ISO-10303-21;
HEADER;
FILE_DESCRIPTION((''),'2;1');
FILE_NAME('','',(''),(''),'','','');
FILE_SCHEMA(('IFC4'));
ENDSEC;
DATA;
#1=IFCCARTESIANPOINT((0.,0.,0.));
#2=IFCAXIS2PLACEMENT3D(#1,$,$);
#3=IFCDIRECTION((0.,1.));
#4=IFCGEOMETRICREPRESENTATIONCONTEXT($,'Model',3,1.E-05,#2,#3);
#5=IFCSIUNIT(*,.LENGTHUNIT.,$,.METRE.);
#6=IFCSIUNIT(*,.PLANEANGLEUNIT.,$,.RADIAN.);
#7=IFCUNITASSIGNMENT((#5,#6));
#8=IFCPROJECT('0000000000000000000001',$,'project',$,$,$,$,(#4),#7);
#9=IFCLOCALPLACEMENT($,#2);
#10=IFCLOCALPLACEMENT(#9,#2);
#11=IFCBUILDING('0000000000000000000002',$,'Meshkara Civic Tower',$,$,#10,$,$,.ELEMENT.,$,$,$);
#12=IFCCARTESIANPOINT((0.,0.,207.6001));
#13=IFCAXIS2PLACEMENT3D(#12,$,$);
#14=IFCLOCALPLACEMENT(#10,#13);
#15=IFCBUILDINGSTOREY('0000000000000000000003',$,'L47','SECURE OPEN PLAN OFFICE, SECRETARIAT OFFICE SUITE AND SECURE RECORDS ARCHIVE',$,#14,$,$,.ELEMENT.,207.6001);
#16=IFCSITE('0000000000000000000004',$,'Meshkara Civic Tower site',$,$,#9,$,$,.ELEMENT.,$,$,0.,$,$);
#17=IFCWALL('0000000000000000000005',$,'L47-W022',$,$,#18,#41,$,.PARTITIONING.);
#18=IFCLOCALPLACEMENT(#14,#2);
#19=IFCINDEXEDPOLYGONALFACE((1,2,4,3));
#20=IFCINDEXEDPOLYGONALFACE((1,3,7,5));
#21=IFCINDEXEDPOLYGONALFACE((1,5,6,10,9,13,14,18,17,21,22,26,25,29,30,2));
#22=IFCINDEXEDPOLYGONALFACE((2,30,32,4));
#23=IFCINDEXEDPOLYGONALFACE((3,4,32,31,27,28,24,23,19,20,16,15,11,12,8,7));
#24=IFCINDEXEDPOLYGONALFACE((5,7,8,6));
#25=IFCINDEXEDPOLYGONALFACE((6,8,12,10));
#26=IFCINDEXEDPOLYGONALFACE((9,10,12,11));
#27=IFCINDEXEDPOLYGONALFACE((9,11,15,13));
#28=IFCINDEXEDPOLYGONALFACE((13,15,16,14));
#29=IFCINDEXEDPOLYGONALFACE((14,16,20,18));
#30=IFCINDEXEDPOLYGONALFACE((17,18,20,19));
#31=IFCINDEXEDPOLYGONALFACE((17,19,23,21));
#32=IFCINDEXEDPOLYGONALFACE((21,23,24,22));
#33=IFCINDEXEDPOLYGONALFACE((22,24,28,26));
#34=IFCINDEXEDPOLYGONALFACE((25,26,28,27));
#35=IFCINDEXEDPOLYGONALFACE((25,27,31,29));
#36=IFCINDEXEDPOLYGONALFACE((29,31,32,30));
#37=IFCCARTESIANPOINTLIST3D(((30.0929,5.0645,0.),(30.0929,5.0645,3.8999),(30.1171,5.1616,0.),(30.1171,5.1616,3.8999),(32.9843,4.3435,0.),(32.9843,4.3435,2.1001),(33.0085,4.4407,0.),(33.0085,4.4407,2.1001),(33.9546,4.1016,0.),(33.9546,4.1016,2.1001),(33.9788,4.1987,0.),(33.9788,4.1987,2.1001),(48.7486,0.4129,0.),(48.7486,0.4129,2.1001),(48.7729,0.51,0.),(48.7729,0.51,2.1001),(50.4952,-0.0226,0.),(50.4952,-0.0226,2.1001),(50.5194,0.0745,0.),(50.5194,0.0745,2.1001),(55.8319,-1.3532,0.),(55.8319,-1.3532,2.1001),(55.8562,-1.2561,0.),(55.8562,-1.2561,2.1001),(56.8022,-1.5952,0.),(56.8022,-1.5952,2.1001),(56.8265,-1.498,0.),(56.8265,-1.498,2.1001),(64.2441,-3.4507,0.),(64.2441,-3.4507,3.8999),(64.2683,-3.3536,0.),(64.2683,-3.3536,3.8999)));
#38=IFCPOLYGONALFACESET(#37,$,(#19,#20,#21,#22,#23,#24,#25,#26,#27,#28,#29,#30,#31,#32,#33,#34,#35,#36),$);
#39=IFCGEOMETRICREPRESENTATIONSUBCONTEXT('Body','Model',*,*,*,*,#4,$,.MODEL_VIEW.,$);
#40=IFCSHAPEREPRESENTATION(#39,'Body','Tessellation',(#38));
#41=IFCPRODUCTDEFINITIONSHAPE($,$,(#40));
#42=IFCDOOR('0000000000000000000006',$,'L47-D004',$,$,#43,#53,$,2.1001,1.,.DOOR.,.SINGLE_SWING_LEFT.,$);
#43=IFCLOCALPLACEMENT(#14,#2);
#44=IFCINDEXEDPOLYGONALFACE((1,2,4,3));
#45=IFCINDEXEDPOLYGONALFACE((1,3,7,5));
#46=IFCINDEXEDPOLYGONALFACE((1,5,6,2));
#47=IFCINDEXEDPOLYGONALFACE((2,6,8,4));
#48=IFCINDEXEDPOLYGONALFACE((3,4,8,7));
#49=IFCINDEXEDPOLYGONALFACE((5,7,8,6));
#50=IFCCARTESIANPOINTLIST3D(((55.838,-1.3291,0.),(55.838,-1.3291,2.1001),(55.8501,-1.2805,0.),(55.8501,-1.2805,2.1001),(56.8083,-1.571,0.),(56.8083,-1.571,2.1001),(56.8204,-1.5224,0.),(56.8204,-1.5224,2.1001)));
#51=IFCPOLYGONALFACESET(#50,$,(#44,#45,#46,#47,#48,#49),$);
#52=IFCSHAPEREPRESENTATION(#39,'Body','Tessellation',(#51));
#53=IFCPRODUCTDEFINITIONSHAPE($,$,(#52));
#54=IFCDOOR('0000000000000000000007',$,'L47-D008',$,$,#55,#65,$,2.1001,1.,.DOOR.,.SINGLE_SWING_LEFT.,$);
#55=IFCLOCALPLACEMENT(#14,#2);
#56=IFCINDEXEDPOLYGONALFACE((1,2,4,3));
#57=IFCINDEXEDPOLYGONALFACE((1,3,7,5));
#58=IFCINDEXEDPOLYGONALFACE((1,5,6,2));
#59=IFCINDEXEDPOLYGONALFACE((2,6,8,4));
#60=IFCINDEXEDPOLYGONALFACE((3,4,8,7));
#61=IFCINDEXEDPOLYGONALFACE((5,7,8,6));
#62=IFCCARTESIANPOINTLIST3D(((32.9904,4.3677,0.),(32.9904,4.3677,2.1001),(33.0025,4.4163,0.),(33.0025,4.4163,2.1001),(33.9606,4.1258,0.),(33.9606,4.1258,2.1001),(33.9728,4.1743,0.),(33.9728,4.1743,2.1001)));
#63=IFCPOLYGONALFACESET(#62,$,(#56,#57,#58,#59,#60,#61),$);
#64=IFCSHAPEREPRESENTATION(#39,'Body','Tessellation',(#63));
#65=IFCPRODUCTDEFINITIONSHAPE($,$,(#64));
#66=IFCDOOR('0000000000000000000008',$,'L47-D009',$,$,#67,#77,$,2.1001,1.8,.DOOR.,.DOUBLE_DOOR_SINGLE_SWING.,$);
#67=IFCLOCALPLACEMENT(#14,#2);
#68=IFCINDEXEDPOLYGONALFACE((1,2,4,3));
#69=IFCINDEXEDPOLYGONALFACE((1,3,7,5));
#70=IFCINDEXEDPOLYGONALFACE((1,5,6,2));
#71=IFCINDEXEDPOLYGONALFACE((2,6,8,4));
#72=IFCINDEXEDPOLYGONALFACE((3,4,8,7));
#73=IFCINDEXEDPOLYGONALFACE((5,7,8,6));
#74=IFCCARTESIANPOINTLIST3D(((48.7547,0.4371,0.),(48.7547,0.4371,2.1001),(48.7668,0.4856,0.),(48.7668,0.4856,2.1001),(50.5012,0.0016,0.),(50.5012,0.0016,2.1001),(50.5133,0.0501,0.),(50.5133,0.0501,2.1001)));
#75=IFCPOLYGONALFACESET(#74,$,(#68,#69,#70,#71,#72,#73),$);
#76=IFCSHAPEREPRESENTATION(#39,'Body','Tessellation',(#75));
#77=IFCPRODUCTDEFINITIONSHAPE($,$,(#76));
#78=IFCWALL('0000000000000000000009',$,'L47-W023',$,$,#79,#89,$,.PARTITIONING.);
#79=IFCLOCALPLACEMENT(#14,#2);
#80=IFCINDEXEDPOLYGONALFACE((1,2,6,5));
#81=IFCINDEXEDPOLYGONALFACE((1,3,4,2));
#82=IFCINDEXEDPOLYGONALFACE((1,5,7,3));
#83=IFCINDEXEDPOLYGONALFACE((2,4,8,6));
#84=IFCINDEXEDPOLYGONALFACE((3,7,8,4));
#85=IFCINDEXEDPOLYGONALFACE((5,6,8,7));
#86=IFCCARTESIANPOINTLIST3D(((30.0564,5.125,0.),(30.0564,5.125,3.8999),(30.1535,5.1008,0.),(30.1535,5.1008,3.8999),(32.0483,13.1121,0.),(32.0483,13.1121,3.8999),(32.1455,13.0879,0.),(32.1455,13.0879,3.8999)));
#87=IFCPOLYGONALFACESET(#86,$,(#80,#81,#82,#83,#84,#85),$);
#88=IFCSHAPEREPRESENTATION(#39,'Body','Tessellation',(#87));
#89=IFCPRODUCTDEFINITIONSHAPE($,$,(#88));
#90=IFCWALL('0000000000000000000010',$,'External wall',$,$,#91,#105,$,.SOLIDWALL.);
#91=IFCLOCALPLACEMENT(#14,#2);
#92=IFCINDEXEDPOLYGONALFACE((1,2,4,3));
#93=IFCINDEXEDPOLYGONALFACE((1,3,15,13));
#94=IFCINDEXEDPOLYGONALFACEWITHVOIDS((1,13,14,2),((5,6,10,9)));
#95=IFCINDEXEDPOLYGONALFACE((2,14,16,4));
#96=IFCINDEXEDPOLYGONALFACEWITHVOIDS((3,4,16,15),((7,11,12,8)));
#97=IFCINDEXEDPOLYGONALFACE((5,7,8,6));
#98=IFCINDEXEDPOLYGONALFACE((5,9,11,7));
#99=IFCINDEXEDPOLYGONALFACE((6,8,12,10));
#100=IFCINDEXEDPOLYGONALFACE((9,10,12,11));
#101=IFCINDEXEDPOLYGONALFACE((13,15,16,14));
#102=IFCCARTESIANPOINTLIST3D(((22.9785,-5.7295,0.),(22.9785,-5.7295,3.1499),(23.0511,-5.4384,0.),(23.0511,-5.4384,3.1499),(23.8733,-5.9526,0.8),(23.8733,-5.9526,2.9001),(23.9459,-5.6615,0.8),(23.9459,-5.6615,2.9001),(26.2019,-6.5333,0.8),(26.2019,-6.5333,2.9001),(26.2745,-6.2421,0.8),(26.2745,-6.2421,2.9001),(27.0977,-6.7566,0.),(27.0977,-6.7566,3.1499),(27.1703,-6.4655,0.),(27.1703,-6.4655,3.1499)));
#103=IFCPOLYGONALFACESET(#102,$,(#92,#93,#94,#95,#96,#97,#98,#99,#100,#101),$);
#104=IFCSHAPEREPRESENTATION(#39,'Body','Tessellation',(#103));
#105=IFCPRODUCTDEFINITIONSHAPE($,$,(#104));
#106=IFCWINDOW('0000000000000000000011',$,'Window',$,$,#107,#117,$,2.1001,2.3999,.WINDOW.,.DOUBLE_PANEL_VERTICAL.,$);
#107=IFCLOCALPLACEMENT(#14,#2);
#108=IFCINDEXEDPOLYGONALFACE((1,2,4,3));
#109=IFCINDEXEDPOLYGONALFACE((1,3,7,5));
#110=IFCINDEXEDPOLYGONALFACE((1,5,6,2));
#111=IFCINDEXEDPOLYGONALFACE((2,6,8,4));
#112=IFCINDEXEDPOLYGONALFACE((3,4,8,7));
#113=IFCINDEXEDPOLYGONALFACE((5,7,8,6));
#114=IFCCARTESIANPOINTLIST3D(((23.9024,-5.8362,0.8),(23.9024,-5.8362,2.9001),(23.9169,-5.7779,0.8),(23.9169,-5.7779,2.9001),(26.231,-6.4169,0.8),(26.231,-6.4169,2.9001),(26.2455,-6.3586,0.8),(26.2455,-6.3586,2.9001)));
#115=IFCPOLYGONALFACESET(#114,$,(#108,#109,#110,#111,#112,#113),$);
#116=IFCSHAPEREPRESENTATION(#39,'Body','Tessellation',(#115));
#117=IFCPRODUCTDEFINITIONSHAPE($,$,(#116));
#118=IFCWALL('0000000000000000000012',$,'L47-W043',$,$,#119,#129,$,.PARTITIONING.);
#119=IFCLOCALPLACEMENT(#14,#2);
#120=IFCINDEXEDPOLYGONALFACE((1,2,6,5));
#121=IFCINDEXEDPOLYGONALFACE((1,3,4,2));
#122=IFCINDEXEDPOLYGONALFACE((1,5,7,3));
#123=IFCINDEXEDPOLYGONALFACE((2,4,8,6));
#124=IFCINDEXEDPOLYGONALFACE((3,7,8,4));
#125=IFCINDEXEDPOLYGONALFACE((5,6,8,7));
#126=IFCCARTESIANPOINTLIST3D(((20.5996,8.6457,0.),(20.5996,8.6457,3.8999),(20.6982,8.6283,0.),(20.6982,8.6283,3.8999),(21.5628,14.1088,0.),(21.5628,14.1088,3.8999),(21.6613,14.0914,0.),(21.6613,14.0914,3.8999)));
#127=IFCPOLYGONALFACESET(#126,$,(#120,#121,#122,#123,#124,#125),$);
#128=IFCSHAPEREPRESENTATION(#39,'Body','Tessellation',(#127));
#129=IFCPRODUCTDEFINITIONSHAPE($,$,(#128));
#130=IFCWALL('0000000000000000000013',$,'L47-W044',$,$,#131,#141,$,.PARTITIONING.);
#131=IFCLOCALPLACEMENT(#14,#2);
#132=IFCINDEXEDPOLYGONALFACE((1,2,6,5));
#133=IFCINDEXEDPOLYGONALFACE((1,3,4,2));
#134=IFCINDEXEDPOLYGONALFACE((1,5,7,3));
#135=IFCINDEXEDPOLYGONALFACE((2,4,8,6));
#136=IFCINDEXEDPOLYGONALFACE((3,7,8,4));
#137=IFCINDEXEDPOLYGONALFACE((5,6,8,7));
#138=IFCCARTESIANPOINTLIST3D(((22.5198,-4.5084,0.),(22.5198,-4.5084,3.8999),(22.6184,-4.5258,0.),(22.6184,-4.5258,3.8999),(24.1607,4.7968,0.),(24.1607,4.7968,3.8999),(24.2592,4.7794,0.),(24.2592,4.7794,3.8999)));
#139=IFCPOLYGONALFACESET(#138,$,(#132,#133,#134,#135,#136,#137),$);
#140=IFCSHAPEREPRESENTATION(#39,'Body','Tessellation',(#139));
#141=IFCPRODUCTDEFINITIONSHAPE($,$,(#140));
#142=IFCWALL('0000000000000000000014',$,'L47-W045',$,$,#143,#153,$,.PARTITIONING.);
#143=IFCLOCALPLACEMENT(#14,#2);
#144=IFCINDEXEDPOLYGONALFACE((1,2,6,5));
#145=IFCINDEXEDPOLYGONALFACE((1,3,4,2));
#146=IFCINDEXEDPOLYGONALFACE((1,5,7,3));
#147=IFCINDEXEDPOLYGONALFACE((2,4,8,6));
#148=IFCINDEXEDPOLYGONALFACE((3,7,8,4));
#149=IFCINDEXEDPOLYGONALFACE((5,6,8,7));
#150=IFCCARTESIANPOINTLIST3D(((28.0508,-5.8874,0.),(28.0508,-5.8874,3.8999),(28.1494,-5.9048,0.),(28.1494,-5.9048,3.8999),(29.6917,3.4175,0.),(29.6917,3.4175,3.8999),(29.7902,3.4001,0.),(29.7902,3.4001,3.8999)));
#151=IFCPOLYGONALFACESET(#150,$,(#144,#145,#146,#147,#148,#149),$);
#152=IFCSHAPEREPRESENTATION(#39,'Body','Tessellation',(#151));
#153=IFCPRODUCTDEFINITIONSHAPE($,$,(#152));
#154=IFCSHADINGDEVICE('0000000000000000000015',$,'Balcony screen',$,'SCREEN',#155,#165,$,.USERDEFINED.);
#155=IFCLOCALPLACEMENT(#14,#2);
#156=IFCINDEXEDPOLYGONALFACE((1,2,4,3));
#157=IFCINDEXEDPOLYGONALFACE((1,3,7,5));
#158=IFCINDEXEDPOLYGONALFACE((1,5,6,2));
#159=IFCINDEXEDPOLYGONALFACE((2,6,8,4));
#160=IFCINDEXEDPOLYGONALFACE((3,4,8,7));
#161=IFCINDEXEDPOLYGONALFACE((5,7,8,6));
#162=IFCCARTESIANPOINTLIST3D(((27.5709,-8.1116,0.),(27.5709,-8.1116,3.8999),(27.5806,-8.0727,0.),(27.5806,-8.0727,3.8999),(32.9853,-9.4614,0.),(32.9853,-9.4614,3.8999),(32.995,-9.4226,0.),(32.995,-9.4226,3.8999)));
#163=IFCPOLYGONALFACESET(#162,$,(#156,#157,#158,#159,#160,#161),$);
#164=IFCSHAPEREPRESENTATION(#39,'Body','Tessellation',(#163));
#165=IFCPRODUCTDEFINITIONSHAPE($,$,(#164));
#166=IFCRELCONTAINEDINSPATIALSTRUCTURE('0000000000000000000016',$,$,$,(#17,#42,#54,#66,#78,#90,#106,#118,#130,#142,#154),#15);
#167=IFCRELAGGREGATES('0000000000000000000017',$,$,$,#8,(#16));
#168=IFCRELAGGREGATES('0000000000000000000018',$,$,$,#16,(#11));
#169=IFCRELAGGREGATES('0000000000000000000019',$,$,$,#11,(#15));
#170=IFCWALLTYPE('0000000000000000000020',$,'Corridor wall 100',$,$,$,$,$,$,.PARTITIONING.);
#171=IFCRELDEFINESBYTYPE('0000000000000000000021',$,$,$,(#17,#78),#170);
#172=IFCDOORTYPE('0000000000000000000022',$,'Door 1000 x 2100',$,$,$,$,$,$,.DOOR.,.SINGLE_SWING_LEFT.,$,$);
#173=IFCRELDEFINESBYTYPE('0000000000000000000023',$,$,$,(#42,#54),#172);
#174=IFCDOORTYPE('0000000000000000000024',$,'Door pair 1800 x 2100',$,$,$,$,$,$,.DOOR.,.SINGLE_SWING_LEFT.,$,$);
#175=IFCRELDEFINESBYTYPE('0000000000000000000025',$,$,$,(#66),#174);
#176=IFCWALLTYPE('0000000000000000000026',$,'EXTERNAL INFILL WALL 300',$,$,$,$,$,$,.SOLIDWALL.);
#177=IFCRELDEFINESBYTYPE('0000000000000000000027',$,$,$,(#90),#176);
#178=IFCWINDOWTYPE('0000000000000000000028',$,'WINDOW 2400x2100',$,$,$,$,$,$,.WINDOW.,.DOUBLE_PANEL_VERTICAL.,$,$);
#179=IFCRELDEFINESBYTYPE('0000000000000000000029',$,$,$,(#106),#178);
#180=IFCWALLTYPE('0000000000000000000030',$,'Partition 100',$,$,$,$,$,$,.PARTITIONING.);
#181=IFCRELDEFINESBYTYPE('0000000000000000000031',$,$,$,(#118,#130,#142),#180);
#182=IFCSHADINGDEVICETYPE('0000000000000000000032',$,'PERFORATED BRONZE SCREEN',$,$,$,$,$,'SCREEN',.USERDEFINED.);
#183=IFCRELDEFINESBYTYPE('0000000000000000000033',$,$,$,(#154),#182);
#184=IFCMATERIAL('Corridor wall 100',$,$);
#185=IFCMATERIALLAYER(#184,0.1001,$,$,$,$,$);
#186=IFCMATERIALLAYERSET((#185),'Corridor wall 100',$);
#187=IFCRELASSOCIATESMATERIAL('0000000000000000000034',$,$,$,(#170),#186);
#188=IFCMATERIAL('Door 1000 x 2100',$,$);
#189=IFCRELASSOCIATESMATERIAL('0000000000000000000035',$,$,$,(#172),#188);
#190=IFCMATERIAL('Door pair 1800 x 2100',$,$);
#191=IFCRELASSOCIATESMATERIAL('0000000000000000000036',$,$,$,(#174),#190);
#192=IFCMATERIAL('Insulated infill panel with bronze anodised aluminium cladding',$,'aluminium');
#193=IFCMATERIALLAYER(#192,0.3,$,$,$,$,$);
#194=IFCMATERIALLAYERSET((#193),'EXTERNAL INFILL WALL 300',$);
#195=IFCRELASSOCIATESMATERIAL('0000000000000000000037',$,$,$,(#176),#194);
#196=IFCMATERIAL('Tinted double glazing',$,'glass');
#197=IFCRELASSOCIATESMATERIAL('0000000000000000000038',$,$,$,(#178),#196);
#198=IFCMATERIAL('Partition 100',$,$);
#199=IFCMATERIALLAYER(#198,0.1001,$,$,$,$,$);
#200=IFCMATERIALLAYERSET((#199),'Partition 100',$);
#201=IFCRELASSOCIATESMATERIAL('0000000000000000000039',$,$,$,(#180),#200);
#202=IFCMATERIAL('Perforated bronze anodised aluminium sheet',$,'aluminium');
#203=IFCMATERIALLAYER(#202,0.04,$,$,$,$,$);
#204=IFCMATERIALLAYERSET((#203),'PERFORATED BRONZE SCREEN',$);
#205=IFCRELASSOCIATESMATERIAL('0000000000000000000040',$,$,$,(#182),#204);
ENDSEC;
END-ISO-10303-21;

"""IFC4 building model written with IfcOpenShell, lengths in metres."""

from ifc_helpers import new_model, si_unit, direction, frame, frame_2d, origin, origin_2d, place, context, subcontext, project, spatial, rectangle, extrude, material, layer, layer_set, type_object, element, fill, save


model = new_model("IFC4")

# Units and contexts
model_context = context("Model", 3, precision=1e-05, world=origin(), true_north=direction((0.0, 1.0)))
body_context = subcontext(model_context, "Body", "Model", "MODEL_VIEW")
ifc_project = project(units=[si_unit("LENGTHUNIT", "METRE"), si_unit("PLANEANGLEUNIT", "RADIAN")], contexts=[model_context])

# Site, building, storey
site_placement = place(None, origin())
site = spatial("IfcSite", under=ifc_project, at=site_placement, Name="Meshkara Civic Tower site", CompositionType="ELEMENT", RefElevation=0.0)
building_placement = place(site_placement, origin())
building = spatial("IfcBuilding", under=site, at=building_placement, Name="Meshkara Civic Tower", CompositionType="ELEMENT")
storey_placement = place(building_placement, frame((0.0, 0.0, 207.6001)))
storey = spatial("IfcBuildingStorey", under=building, at=storey_placement, Name="L47", Description="SECURE OPEN PLAN OFFICE, SECRETARIAT OFFICE SUITE AND SECURE RECORDS ARCHIVE", CompositionType="ELEMENT", Elevation=207.6001)

# Wall, openings, doors
ifc_material_1 = material(Name="Corridor wall 100")
ifc_layer_1 = layer(ifc_material_1, 0.1001)
ifc_layer_set_1 = layer_set([ifc_layer_1], Name="Corridor wall 100")
wall_type_1 = type_object("IfcWallType", Name="Corridor wall 100", PredefinedType="PARTITIONING", material=ifc_layer_set_1)
wall_1_placement = place(storey_placement, frame((30.105, 5.113, 0.0), z_axis=(0.0, 0.0, 1.0), x_axis=(0.970294, -0.24193, 0.0)))
wall_1 = element("IfcWall", 1, at=wall_1_placement, inside=storey, type_object=wall_type_1, Name="L47-W022", PredefinedType="PARTITIONING", context=body_context, shape_type="SweptSolid", body=[
    extrude(rectangle(XDim=35.1968, YDim=0.1001, at=frame_2d((17.5984, 0.0))), origin(), (0.0, 0.0, 1.0), 3.8999),
])
opening_1_placement = place(wall_1_placement, frame((26.5271, 0.0, 0.0)))
opening_1 = element("IfcOpeningElement", 2, at=opening_1_placement, cuts=wall_1, PredefinedType="OPENING", context=body_context, shape_type="SweptSolid", body=[
    extrude(rectangle(XDim=1.0, YDim=2.1001, at=frame_2d((0.5, 1.05))), frame((0.0, 0.0601, 0.0), z_axis=(0.0, -1.0, 0.0), x_axis=(1.0, 0.0, 0.0)), (0.0, 0.0, 1.0), 0.1201),
])
opening_2_placement = place(wall_1_placement, frame((2.98, 0.0, 0.0)))
opening_2 = element("IfcOpeningElement", 3, at=opening_2_placement, cuts=wall_1, PredefinedType="OPENING", context=body_context, shape_type="SweptSolid", body=[
    extrude(rectangle(XDim=1.0, YDim=2.1001, at=frame_2d((0.5, 1.05))), frame((0.0, 0.0601, 0.0), z_axis=(0.0, -1.0, 0.0), x_axis=(1.0, 0.0, 0.0)), (0.0, 0.0, 1.0), 0.1201),
])
opening_3_placement = place(wall_1_placement, frame((19.2271, 0.0, 0.0)))
opening_3 = element("IfcOpeningElement", 4, at=opening_3_placement, cuts=wall_1, PredefinedType="OPENING", context=body_context, shape_type="SweptSolid", body=[
    extrude(rectangle(XDim=1.8, YDim=2.1001, at=frame_2d((0.8999, 1.05))), frame((0.0, 0.0601, 0.0), z_axis=(0.0, -1.0, 0.0), x_axis=(1.0, 0.0, 0.0)), (0.0, 0.0, 1.0), 0.1201),
])
ifc_material_2 = material(Name="Door 1000 x 2100")
door_type_1 = type_object("IfcDoorType", Name="Door 1000 x 2100", OperationType="SINGLE_SWING_LEFT", PredefinedType="DOOR", material=ifc_material_2)
door_1_placement = place(opening_1_placement, origin())
door_1 = element("IfcDoor", 5, at=door_1_placement, inside=storey, type_object=door_type_1, Name="L47-D004", OperationType="SINGLE_SWING_LEFT", OverallHeight=2.1001, OverallWidth=1.0, PredefinedType="DOOR", context=body_context, shape_type="SweptSolid", body=[
    extrude(rectangle(XDim=1.0, YDim=2.1001, at=frame_2d((0.5, 1.05))), frame((0.0, 0.0249, 0.0), z_axis=(0.0, -1.0, 0.0), x_axis=(1.0, 0.0, 0.0)), (0.0, 0.0, 1.0), 0.05),
])
fill(opening_1, door_1)
door_2_placement = place(opening_2_placement, origin())
door_2 = element("IfcDoor", 6, at=door_2_placement, inside=storey, type_object=door_type_1, Name="L47-D008", OperationType="SINGLE_SWING_LEFT", OverallHeight=2.1001, OverallWidth=1.0, PredefinedType="DOOR", context=body_context, shape_type="SweptSolid", body=[
    extrude(rectangle(XDim=1.0, YDim=2.1001, at=frame_2d((0.5, 1.05))), frame((0.0, 0.0249, 0.0), z_axis=(0.0, -1.0, 0.0), x_axis=(1.0, 0.0, 0.0)), (0.0, 0.0, 1.0), 0.05),
])
fill(opening_2, door_2)
ifc_material_3 = material(Name="Door pair 1800 x 2100")
door_type_2 = type_object("IfcDoorType", Name="Door pair 1800 x 2100", OperationType="SINGLE_SWING_LEFT", PredefinedType="DOOR", material=ifc_material_3)
door_3_placement = place(opening_3_placement, origin())
door_3 = element("IfcDoor", 7, at=door_3_placement, inside=storey, type_object=door_type_2, Name="L47-D009", OperationType="DOUBLE_DOOR_SINGLE_SWING", OverallHeight=2.1001, OverallWidth=1.8, PredefinedType="DOOR", context=body_context, shape_type="SweptSolid", body=[
    extrude(rectangle(XDim=1.8, YDim=2.1001, at=frame_2d((0.8999, 1.05))), frame((0.0, 0.0249, 0.0), z_axis=(0.0, -1.0, 0.0), x_axis=(1.0, 0.0, 0.0)), (0.0, 0.0, 1.0), 0.05),
])
fill(opening_3, door_3)

# Wall
wall_2_placement = place(storey_placement, frame((30.105, 5.113, 0.0), z_axis=(0.0, 0.0, 1.0), x_axis=(0.241984, 0.97028, 0.0)))
element("IfcWall", 8, at=wall_2_placement, inside=storey, type_object=wall_type_1, Name="L47-W023", PredefinedType="PARTITIONING", context=body_context, shape_type="SweptSolid", body=[
    extrude(rectangle(XDim=8.2317, YDim=0.1001, at=frame_2d((4.1157, 0.0))), origin(), (0.0, 0.0, 1.0), 3.8999),
])

# Wall, opening, window
ifc_material_4 = material(Name="Insulated infill panel with bronze anodised aluminium cladding", Category="aluminium")
ifc_layer_2 = layer(ifc_material_4, 0.3)
ifc_layer_set_2 = layer_set([ifc_layer_2], Name="EXTERNAL INFILL WALL 300")
wall_type_2 = type_object("IfcWallType", Name="EXTERNAL INFILL WALL 300", PredefinedType="SOLIDWALL", material=ifc_layer_set_2)
wall_3_placement = place(storey_placement, frame((23.0149, -5.584, 0.0), z_axis=(0.0, 0.0, 1.0), x_axis=(0.970291, -0.24194, 0.0)))
wall_3 = element("IfcWall", 9, at=wall_3_placement, inside=storey, type_object=wall_type_2, Name="External wall", PredefinedType="SOLIDWALL", context=body_context, shape_type="SweptSolid", body=[
    extrude(rectangle(XDim=4.2454, YDim=0.3, at=frame_2d((2.1226, 0.0))), origin(), (0.0, 0.0, 1.0), 3.1499),
])
opening_4_placement = place(wall_3_placement, frame((0.9221, 0.0, 0.8)))
opening_4 = element("IfcOpeningElement", 10, at=opening_4_placement, cuts=wall_3, PredefinedType="OPENING", context=body_context, shape_type="SweptSolid", body=[
    extrude(rectangle(XDim=2.3999, YDim=2.1001, at=frame_2d((1.2, 1.05))), frame((0.0, 0.1599, 0.0), z_axis=(0.0, -1.0, 0.0), x_axis=(1.0, 0.0, 0.0)), (0.0, 0.0, 1.0), 0.3201),
])
ifc_material_5 = material(Name="Tinted double glazing", Category="glass")
window_type = type_object("IfcWindowType", Name="WINDOW 2400x2100", PartitioningType="DOUBLE_PANEL_VERTICAL", PredefinedType="WINDOW", material=ifc_material_5)
window_placement = place(opening_4_placement, origin())
window = element("IfcWindow", 11, at=window_placement, inside=storey, type_object=window_type, Name="Window", OverallHeight=2.1001, OverallWidth=2.3999, PartitioningType="DOUBLE_PANEL_VERTICAL", PredefinedType="WINDOW", context=body_context, shape_type="SweptSolid", body=[
    extrude(rectangle(XDim=2.3999, YDim=2.1001, at=frame_2d((1.2, 1.05))), frame((0.0, 0.03, 0.0), z_axis=(0.0, -1.0, 0.0), x_axis=(1.0, 0.0, 0.0)), (0.0, 0.0, 1.0), 0.0601),
])
fill(opening_4, window)

# Walls
ifc_material_6 = material(Name="Partition 100")
ifc_layer_3 = layer(ifc_material_6, 0.1001)
ifc_layer_set_3 = layer_set([ifc_layer_3], Name="Partition 100")
wall_type_3 = type_object("IfcWallType", Name="Partition 100", PredefinedType="PARTITIONING", material=ifc_layer_set_3)
wall_4_placement = place(storey_placement, frame((20.6489, 8.637, 0.0), z_axis=(0.0, 0.0, 1.0), x_axis=(0.17362, 0.984813, 0.0)))
element("IfcWall", 12, at=wall_4_placement, inside=storey, type_object=wall_type_3, Name="L47-W043", PredefinedType="PARTITIONING", context=body_context, shape_type="SweptSolid", body=[
    extrude(rectangle(XDim=5.5474, YDim=0.1001, at=frame_2d((2.7737, 0.0))), origin(), (0.0, 0.0, 1.0), 3.8999),
])
wall_5_placement = place(storey_placement, frame((22.5691, -4.5171, 0.0), z_axis=(0.0, 0.0, 1.0), x_axis=(0.17366, 0.984806, 0.0)))
element("IfcWall", 13, at=wall_5_placement, inside=storey, type_object=wall_type_3, Name="L47-W044", PredefinedType="PARTITIONING", context=body_context, shape_type="SweptSolid", body=[
    extrude(rectangle(XDim=9.4487, YDim=0.1001, at=frame_2d((4.7244, 0.0))), origin(), (0.0, 0.0, 1.0), 3.8999),
])
wall_6_placement = place(storey_placement, frame((28.1001, -5.896, 0.0), z_axis=(0.0, 0.0, 1.0), x_axis=(0.173664, 0.984805, 0.0)))
element("IfcWall", 14, at=wall_6_placement, inside=storey, type_object=wall_type_3, Name="L47-W045", PredefinedType="PARTITIONING", context=body_context, shape_type="SweptSolid", body=[
    extrude(rectangle(XDim=9.4485, YDim=0.1001, at=frame_2d((4.7241, 0.0))), origin(), (0.0, 0.0, 1.0), 3.8999),
])

# Shading device
ifc_material_7 = material(Name="Perforated bronze anodised aluminium sheet", Category="aluminium")
ifc_layer_4 = layer(ifc_material_7, 0.04)
ifc_layer_set_4 = layer_set([ifc_layer_4], Name="PERFORATED BRONZE SCREEN")
shading_device_type = type_object("IfcShadingDeviceType", Name="PERFORATED BRONZE SCREEN", ElementType="SCREEN", PredefinedType="USERDEFINED", material=ifc_layer_set_4)
shading_device_placement = place(storey_placement, frame((30.283, -8.7671, 0.0), z_axis=(0.0, 0.0, 1.0), x_axis=(0.9703, -0.241905, 0.0)))
element("IfcShadingDevice", 15, at=shading_device_placement, inside=storey, type_object=shading_device_type, Name="Balcony screen", ObjectType="SCREEN", PredefinedType="USERDEFINED", context=body_context, shape_type="SweptSolid", body=[
    extrude(rectangle(XDim=5.5801, YDim=0.04, at=origin_2d()), origin(), (0.0, 0.0, 1.0), 3.8999),
])

save(model, "model.ifc")
